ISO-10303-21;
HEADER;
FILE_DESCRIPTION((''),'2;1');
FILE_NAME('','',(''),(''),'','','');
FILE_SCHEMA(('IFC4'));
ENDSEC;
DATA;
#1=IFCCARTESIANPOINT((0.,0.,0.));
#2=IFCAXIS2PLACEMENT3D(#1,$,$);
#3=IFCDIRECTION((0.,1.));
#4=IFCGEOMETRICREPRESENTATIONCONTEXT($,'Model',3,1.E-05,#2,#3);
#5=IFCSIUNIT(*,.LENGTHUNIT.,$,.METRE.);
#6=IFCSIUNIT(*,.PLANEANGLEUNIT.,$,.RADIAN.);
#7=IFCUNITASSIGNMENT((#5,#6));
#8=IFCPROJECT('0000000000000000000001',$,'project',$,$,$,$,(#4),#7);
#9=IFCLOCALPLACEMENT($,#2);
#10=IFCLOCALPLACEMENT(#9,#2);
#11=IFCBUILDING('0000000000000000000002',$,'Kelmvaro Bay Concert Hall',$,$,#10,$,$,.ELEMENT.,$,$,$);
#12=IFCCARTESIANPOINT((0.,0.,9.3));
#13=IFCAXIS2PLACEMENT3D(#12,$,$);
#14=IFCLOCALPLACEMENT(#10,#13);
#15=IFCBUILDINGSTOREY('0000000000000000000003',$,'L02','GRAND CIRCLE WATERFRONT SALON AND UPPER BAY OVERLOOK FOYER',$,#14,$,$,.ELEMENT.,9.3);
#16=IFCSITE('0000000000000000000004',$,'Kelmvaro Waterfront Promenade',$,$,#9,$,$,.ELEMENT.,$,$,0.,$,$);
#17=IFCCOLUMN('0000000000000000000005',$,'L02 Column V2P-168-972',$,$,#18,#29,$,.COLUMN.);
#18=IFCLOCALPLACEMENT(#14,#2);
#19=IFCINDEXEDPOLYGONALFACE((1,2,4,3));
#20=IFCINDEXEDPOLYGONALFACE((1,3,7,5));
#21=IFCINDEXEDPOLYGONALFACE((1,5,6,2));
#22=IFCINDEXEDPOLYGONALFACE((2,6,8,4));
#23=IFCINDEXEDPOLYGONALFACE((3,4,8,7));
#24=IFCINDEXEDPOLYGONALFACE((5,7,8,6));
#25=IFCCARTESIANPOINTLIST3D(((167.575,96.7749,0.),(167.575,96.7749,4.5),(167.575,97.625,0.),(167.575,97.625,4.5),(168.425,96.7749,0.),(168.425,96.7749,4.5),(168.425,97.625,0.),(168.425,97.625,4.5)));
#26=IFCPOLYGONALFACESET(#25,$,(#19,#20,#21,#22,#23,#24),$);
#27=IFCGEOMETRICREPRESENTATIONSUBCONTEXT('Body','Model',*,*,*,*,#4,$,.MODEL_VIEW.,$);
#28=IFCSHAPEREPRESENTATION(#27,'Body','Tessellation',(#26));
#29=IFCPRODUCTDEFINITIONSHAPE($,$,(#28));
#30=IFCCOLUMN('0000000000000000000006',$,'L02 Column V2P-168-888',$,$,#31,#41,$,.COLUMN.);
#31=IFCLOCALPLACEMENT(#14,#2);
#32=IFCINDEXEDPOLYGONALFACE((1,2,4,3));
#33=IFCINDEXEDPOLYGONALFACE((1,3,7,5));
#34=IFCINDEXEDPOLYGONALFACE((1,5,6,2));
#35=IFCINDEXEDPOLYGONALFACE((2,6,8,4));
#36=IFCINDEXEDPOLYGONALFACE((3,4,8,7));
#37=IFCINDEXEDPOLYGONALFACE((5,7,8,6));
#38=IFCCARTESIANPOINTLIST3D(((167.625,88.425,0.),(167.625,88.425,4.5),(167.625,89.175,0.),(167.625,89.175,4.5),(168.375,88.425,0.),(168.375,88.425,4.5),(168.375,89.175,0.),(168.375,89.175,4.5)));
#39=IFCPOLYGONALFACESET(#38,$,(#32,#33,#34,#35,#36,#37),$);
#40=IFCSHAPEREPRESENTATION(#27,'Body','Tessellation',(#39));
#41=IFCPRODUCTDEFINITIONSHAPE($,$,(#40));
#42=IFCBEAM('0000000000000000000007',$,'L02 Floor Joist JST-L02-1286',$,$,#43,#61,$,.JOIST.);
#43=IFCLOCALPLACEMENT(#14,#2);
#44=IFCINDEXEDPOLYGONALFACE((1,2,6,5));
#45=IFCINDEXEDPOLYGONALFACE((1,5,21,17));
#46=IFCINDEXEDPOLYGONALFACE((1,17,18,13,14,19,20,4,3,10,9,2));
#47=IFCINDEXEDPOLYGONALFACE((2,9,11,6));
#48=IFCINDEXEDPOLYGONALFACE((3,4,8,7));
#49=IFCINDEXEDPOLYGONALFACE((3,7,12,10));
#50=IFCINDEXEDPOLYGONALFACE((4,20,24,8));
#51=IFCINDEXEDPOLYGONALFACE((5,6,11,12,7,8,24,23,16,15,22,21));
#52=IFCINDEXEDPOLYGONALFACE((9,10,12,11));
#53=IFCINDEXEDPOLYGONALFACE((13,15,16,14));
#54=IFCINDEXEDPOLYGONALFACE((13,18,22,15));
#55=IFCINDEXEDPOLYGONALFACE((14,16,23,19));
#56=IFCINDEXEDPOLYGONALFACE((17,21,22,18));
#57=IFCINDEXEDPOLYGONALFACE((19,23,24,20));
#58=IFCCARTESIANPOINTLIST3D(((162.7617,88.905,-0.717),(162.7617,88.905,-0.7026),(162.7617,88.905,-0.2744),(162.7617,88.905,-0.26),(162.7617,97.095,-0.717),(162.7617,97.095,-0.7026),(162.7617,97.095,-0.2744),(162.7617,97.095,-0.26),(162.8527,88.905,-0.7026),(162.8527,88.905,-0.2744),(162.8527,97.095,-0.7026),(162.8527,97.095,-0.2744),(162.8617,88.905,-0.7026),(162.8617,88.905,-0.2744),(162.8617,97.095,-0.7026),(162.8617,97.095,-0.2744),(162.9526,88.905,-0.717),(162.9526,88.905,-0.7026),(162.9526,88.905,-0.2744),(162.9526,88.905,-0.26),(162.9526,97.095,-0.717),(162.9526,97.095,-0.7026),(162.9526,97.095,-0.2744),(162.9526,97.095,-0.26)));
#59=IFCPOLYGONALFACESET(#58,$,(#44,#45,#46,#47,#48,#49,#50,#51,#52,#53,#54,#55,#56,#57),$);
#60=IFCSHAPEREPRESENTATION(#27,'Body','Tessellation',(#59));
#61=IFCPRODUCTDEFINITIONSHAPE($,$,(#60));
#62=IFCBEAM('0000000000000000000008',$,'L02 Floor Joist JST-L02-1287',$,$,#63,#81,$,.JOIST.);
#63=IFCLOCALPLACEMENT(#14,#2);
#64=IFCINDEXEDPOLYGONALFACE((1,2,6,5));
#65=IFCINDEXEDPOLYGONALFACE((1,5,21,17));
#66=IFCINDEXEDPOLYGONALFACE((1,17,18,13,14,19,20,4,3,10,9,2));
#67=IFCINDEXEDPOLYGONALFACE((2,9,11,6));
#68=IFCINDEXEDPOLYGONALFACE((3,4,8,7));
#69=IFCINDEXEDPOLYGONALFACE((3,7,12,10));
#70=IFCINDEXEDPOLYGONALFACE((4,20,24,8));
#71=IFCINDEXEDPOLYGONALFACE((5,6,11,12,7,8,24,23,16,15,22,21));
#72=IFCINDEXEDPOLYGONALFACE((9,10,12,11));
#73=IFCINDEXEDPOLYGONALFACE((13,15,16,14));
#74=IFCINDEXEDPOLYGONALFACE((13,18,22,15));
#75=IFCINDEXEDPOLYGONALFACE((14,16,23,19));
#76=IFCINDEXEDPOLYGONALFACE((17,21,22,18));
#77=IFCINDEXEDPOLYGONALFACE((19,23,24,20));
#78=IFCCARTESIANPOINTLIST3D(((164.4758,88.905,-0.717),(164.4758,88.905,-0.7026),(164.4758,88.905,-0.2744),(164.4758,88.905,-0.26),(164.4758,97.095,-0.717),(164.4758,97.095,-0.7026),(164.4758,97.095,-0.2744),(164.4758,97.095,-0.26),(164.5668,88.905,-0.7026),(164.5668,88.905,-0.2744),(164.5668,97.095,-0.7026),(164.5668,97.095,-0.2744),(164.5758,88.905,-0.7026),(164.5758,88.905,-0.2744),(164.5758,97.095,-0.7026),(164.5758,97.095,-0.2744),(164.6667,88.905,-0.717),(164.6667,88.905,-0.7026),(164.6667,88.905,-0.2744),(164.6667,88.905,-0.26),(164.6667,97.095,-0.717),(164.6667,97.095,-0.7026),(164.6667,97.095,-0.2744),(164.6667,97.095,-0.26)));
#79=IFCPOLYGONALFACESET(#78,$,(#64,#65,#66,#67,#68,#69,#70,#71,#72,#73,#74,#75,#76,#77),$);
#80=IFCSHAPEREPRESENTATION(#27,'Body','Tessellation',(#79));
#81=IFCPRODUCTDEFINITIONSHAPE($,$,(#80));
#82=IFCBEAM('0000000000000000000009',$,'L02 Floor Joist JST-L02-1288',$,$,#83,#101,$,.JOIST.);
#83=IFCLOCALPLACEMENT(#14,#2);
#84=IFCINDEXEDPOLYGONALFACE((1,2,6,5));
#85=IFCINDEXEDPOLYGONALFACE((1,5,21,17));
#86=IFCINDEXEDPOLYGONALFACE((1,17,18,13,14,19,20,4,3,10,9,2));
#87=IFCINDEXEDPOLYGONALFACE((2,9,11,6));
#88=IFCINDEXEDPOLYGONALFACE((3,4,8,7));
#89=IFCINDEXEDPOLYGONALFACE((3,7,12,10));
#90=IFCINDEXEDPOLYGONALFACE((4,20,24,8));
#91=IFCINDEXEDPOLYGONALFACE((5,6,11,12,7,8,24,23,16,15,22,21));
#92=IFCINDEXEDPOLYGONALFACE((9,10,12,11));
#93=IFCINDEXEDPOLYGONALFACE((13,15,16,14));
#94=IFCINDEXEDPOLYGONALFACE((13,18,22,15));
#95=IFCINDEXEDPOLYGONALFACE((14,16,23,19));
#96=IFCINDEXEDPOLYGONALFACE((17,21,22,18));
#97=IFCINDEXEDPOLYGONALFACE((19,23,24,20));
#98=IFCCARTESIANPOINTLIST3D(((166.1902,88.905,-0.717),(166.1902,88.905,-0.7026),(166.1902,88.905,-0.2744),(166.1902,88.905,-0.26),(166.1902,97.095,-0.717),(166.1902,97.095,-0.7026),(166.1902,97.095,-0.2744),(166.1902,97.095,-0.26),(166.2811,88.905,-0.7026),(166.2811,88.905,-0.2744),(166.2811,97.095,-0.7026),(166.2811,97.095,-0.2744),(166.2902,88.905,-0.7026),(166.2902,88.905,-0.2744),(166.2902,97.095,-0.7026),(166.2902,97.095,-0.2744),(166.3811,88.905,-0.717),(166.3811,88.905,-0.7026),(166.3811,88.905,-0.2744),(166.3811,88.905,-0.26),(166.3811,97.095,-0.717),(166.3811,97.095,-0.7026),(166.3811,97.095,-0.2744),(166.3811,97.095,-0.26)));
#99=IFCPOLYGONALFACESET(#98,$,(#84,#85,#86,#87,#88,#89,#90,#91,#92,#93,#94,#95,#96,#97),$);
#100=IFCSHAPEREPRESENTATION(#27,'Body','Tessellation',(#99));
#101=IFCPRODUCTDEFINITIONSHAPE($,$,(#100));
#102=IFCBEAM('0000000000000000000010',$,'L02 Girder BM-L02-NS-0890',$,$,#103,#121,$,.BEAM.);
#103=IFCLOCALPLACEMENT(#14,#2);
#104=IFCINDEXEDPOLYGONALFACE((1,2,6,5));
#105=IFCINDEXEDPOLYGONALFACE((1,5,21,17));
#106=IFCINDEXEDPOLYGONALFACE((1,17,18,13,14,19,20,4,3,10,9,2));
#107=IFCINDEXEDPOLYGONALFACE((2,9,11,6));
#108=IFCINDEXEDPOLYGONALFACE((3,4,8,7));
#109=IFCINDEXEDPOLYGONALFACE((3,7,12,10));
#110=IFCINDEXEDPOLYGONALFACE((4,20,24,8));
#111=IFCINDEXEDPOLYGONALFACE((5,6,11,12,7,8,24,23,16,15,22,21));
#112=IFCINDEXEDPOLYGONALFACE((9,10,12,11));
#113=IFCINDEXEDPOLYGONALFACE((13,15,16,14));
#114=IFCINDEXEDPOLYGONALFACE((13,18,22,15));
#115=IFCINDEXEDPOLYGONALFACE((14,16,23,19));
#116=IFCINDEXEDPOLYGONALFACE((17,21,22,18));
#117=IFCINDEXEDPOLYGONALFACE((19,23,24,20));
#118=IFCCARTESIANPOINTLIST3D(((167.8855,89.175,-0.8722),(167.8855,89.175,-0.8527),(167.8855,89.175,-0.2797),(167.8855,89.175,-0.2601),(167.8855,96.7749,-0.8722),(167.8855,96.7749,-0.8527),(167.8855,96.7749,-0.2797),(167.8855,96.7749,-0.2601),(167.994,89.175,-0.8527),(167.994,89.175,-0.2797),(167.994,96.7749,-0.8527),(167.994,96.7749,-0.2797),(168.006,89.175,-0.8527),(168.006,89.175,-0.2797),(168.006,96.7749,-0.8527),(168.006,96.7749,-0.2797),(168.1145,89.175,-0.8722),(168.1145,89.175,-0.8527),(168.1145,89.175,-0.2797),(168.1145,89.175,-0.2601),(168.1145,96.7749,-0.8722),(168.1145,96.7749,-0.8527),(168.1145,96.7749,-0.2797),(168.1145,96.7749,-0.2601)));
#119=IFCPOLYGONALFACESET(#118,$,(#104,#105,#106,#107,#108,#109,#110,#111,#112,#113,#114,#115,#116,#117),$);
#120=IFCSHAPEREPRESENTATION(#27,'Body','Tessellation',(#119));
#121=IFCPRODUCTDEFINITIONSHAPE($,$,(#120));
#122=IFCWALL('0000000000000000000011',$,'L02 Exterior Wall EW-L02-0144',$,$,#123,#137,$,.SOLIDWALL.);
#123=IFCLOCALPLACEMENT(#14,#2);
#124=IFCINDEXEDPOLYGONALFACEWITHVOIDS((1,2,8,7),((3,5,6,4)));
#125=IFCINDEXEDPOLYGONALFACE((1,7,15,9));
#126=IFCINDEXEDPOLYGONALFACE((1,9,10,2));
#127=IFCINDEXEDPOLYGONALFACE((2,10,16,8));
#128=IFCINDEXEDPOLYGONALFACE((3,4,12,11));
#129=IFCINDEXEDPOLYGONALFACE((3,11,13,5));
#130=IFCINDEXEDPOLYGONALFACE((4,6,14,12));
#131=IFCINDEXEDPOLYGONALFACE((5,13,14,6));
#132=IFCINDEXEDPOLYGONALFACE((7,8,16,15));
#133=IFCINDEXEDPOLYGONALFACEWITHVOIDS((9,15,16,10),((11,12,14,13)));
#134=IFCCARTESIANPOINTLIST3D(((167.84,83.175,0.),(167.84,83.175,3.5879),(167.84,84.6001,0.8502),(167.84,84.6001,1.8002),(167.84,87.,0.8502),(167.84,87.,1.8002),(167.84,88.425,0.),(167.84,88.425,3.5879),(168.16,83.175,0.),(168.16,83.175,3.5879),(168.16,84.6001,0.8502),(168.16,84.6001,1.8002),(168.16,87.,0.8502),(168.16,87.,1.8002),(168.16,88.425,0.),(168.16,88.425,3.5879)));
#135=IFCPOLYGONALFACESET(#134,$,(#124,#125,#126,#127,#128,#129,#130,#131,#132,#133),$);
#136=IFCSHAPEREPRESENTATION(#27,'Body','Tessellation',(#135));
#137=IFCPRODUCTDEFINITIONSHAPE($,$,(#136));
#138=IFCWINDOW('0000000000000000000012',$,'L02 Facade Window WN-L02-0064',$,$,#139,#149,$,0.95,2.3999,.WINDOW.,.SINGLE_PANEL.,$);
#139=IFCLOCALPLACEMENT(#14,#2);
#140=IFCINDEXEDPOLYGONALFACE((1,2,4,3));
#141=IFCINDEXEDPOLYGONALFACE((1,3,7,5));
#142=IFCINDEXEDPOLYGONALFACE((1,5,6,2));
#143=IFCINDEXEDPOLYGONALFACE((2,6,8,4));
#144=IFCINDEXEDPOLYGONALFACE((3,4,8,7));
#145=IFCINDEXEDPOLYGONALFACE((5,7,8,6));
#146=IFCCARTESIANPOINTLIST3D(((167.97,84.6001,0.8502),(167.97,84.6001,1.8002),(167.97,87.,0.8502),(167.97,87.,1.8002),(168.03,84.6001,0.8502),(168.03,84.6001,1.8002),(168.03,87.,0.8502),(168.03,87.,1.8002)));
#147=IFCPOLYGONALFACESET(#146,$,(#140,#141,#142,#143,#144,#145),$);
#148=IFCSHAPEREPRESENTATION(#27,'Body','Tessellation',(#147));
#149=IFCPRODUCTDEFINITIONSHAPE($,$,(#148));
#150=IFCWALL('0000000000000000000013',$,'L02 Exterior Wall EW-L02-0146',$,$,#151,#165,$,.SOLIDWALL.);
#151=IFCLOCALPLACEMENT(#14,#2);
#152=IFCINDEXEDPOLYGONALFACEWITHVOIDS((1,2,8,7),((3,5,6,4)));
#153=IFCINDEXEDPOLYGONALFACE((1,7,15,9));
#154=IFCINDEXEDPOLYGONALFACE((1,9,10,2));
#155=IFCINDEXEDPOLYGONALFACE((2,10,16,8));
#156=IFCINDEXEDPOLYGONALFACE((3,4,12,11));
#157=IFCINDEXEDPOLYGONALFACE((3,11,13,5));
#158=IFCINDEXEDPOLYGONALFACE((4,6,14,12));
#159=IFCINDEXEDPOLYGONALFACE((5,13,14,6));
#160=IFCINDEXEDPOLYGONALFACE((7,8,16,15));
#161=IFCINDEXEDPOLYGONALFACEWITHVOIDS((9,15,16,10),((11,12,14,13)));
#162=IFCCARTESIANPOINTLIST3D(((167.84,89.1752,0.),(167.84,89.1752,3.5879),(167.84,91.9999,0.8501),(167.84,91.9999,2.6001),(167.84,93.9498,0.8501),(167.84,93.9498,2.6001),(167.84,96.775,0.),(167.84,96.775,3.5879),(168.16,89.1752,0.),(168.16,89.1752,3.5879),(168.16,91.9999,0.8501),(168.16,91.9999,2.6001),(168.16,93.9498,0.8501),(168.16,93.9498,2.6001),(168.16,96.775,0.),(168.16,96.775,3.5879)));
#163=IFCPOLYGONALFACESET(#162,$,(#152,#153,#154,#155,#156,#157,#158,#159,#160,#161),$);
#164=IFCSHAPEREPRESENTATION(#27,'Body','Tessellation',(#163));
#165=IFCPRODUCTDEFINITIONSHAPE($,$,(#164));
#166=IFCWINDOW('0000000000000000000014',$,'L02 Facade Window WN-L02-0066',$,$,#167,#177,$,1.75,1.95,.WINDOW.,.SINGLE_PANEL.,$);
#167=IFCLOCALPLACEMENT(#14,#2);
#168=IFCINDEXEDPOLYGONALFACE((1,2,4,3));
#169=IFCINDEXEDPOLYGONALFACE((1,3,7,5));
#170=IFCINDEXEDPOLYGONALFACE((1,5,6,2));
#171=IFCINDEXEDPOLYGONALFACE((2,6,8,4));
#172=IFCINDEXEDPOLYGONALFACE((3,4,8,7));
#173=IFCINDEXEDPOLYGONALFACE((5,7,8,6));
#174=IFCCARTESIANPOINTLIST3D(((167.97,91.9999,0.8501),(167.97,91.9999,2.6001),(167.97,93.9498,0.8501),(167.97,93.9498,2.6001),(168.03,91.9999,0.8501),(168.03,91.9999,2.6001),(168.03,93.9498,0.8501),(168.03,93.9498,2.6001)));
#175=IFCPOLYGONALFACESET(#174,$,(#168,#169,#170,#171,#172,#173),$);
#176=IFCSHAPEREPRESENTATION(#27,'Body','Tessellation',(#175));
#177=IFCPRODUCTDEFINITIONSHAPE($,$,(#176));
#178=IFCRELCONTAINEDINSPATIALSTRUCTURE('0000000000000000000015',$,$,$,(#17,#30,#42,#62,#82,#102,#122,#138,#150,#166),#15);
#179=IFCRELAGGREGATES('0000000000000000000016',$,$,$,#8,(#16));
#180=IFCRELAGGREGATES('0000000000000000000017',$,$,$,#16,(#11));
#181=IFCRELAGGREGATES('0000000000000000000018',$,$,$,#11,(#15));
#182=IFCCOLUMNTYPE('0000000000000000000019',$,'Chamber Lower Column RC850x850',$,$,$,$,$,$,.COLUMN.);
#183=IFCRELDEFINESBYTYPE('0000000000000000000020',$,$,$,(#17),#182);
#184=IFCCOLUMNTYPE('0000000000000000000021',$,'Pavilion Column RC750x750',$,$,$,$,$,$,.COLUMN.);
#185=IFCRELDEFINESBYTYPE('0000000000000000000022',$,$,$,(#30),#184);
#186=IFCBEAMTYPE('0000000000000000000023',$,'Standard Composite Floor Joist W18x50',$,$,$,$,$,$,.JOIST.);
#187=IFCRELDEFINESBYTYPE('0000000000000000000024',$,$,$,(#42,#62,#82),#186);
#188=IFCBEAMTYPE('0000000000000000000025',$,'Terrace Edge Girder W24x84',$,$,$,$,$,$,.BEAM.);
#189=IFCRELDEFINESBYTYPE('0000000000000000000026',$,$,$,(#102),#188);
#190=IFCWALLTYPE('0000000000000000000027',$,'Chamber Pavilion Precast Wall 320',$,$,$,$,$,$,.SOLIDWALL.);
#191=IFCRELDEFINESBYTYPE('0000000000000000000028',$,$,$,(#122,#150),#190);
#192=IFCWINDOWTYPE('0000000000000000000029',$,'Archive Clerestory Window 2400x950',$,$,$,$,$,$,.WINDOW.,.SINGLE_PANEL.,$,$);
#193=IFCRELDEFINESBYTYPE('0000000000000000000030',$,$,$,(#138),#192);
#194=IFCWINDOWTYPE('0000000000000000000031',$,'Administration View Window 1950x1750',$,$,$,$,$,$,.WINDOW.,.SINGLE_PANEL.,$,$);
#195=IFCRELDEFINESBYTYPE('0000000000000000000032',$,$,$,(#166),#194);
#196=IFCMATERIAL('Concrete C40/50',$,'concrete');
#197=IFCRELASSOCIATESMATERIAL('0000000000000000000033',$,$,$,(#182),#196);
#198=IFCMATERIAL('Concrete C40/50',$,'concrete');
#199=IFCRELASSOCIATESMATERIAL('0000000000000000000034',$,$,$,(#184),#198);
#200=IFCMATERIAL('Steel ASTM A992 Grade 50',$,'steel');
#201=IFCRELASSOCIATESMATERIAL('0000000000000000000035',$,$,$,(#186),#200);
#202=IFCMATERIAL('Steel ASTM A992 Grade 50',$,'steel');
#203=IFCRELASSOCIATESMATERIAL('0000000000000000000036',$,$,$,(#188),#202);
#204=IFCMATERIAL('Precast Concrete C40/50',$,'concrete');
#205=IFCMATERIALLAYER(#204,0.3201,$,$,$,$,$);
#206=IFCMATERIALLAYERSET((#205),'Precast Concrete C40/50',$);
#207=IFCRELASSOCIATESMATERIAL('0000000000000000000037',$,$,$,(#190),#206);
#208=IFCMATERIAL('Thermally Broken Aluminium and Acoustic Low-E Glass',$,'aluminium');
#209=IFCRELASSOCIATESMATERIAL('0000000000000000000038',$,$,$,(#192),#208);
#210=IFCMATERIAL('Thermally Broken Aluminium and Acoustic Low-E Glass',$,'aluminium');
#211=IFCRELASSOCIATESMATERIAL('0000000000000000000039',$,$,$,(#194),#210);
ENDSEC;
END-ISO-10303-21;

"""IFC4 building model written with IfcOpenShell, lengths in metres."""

from ifc_helpers import new_model, si_unit, direction, frame, frame_2d, origin, origin_2d, place, context, subcontext, project, spatial, rectangle, i_section, extrude, material, layer, layer_set, material_profile, profile_set, type_object, element, fill, save


model = new_model("IFC4")

# Units and contexts
model_context = context("Model", 3, precision=1e-05, world=origin(), true_north=direction((0.0, 1.0)))
body_context = subcontext(model_context, "Body", "Model", "MODEL_VIEW")
ifc_project = project(units=[si_unit("LENGTHUNIT", "METRE"), si_unit("PLANEANGLEUNIT", "RADIAN")], contexts=[model_context])

# Site, building, storey
site_placement = place(None, origin())
site = spatial("IfcSite", under=ifc_project, at=site_placement, Name="Kelmvaro Waterfront Promenade", CompositionType="ELEMENT", RefElevation=0.0)
building_placement = place(site_placement, origin())
building = spatial("IfcBuilding", under=site, at=building_placement, Name="Kelmvaro Bay Concert Hall", CompositionType="ELEMENT")
storey_placement = place(building_placement, frame((0.0, 0.0, 9.3)))
storey = spatial("IfcBuildingStorey", under=building, at=storey_placement, Name="L02", Description="GRAND CIRCLE WATERFRONT SALON AND UPPER BAY OVERLOOK FOYER", CompositionType="ELEMENT", Elevation=9.3)

# Columns
ifc_material_1 = material(Name="Concrete C40/50", Category="concrete")
ifc_material_profile_1 = material_profile(ifc_material_1, rectangle(XDim=0.8501, YDim=0.8501, at=origin_2d()), Name="RC-COL-850X850")
ifc_profile_set_1 = profile_set([ifc_material_profile_1], Name="Concrete C40/50")
column_type_1 = type_object("IfcColumnType", Name="Chamber Lower Column RC850x850", PredefinedType="COLUMN", material=ifc_profile_set_1)
column_1_placement = place(storey_placement, frame((168.0, 97.2, 0.0), z_axis=(0.0, 0.0, 1.0), x_axis=(1.0, 0.0, 0.0)))
element("IfcColumn", 1, at=column_1_placement, inside=storey, type_object=column_type_1, Name="L02 Column V2P-168-972", PredefinedType="COLUMN", context=body_context, shape_type="SweptSolid", body=[
    extrude(rectangle(XDim=0.8501, YDim=0.8501, at=origin_2d()), origin(), (0.0, 0.0, 1.0), 4.5),
])
ifc_material_2 = material(Name="Concrete C40/50", Category="concrete")
ifc_material_profile_2 = material_profile(ifc_material_2, rectangle(XDim=0.75, YDim=0.75, at=origin_2d()), Name="RC-COL-750X750")
ifc_profile_set_2 = profile_set([ifc_material_profile_2], Name="Concrete C40/50")
column_type_2 = type_object("IfcColumnType", Name="Pavilion Column RC750x750", PredefinedType="COLUMN", material=ifc_profile_set_2)
column_2_placement = place(storey_placement, frame((168.0, 88.8, 0.0), z_axis=(0.0, 0.0, 1.0), x_axis=(1.0, 0.0, 0.0)))
element("IfcColumn", 2, at=column_2_placement, inside=storey, type_object=column_type_2, Name="L02 Column V2P-168-888", PredefinedType="COLUMN", context=body_context, shape_type="SweptSolid", body=[
    extrude(rectangle(XDim=0.75, YDim=0.75, at=origin_2d()), origin(), (0.0, 0.0, 1.0), 4.5),
])

# Beams
ifc_material_3 = material(Name="Steel ASTM A992 Grade 50", Category="steel")
ifc_material_profile_3 = material_profile(ifc_material_3, i_section(OverallWidth=0.1909, OverallDepth=0.457, WebThickness=0.009, FlangeThickness=0.0144, at=origin_2d()), Name="W18X50")
ifc_profile_set_3 = profile_set([ifc_material_profile_3], Name="Steel ASTM A992 Grade 50")
beam_type_1 = type_object("IfcBeamType", Name="Standard Composite Floor Joist W18x50", PredefinedType="JOIST", material=ifc_profile_set_3)
for number, where, z_axis, x_axis, name in (
    (3, (162.8572, 88.905, -0.4885), (0.0, 1.0, 0.0), (-1.0, 0.0, 0.0), "L02 Floor Joist JST-L02-1286"),
    (4, (164.5713, 88.905, -0.4885), (0.0, 1.0, 0.0), (-1.0, 0.0, 0.0), "L02 Floor Joist JST-L02-1287"),
    (5, (166.2856, 88.905, -0.4885), (0.0, 1.0, 0.0), (-1.0, 0.0, 0.0), "L02 Floor Joist JST-L02-1288"),
):
    element("IfcBeam", number, at=place(storey_placement, frame(where, z_axis=z_axis, x_axis=x_axis)), inside=storey, type_object=beam_type_1, Name=name, PredefinedType="JOIST", context=body_context, shape_type="SweptSolid", body=[
        extrude(i_section(OverallWidth=0.1909, OverallDepth=0.457, WebThickness=0.009, FlangeThickness=0.0144, at=origin_2d()), origin(), (0.0, 0.0, 1.0), 8.1899),
    ])
ifc_material_4 = material(Name="Steel ASTM A992 Grade 50", Category="steel")
ifc_material_profile_4 = material_profile(ifc_material_4, i_section(OverallWidth=0.229, OverallDepth=0.6121, WebThickness=0.012, FlangeThickness=0.0195, at=origin_2d()), Name="W24X84")
ifc_profile_set_4 = profile_set([ifc_material_profile_4], Name="Steel ASTM A992 Grade 50")
beam_type_2 = type_object("IfcBeamType", Name="Terrace Edge Girder W24x84", PredefinedType="BEAM", material=ifc_profile_set_4)
beam_placement = place(storey_placement, frame((168.0, 89.175, -0.5662), z_axis=(0.0, 1.0, 0.0), x_axis=(-1.0, 0.0, 0.0)))
element("IfcBeam", 6, at=beam_placement, inside=storey, type_object=beam_type_2, Name="L02 Girder BM-L02-NS-0890", PredefinedType="BEAM", context=body_context, shape_type="SweptSolid", body=[
    extrude(i_section(OverallWidth=0.229, OverallDepth=0.6121, WebThickness=0.012, FlangeThickness=0.0195, at=origin_2d()), origin(), (0.0, 0.0, 1.0), 7.5999),
])

# Walls, openings, windows
ifc_material_5 = material(Name="Precast Concrete C40/50", Category="concrete")
ifc_layer_1 = layer(ifc_material_5, 0.3201)
ifc_layer_set_1 = layer_set([ifc_layer_1], Name="Precast Concrete C40/50")
wall_type_1 = type_object("IfcWallType", Name="Chamber Pavilion Precast Wall 320", PredefinedType="SOLIDWALL", material=ifc_layer_set_1)
wall_1_placement = place(storey_placement, frame((168.0, 88.425, 0.0), z_axis=(0.0, 0.0, 1.0), x_axis=(0.0, -1.0, 0.0)))
wall_1 = element("IfcWall", 7, at=wall_1_placement, inside=storey, type_object=wall_type_1, Name="L02 Exterior Wall EW-L02-0144", PredefinedType="SOLIDWALL", context=body_context, shape_type="SweptSolid", body=[
    extrude(rectangle(XDim=5.25, YDim=0.3201, at=frame_2d((2.625, 0.0))), origin(), (0.0, 0.0, 1.0), 3.5879),
])
opening_1_placement = place(wall_1_placement, frame((1.425, 0.0, 0.8501)))
opening_1 = element("IfcOpeningElement", 8, at=opening_1_placement, cuts=wall_1, PredefinedType="OPENING", context=body_context, shape_type="SweptSolid", body=[
    extrude(rectangle(XDim=2.3999, YDim=0.95, at=frame_2d((1.2, 0.4751))), frame((0.0, 0.1699, 0.0), z_axis=(0.0, -1.0, 0.0), x_axis=(1.0, 0.0, 0.0)), (0.0, 0.0, 1.0), 0.3401),
])
ifc_material_6 = material(Name="Thermally Broken Aluminium and Acoustic Low-E Glass", Category="aluminium")
window_type_1 = type_object("IfcWindowType", Name="Archive Clerestory Window 2400x950", PartitioningType="SINGLE_PANEL", PredefinedType="WINDOW", material=ifc_material_6)
window_1_placement = place(opening_1_placement, origin())
window_1 = element("IfcWindow", 9, at=window_1_placement, inside=storey, type_object=window_type_1, Name="L02 Facade Window WN-L02-0064", OverallHeight=0.95, OverallWidth=2.3999, PartitioningType="SINGLE_PANEL", PredefinedType="WINDOW", context=body_context, shape_type="SweptSolid", body=[
    extrude(rectangle(XDim=2.3999, YDim=0.95, at=frame_2d((1.2, 0.4751))), frame((0.0, 0.03, 0.0), z_axis=(0.0, -1.0, 0.0), x_axis=(1.0, 0.0, 0.0)), (0.0, 0.0, 1.0), 0.0601),
])
fill(opening_1, window_1)
wall_2_placement = place(storey_placement, frame((168.0, 96.7749, 0.0), z_axis=(0.0, 0.0, 1.0), x_axis=(0.0, -1.0, 0.0)))
wall_2 = element("IfcWall", 10, at=wall_2_placement, inside=storey, type_object=wall_type_1, Name="L02 Exterior Wall EW-L02-0146", PredefinedType="SOLIDWALL", context=body_context, shape_type="SweptSolid", body=[
    extrude(rectangle(XDim=7.5999, YDim=0.3201, at=frame_2d((3.7998, 0.0))), origin(), (0.0, 0.0, 1.0), 3.5879),
])
opening_2_placement = place(wall_2_placement, frame((2.825, 0.0, 0.8501)))
opening_2 = element("IfcOpeningElement", 11, at=opening_2_placement, cuts=wall_2, PredefinedType="OPENING", context=body_context, shape_type="SweptSolid", body=[
    extrude(rectangle(XDim=1.95, YDim=1.75, at=frame_2d((0.9751, 0.875))), frame((0.0, 0.1699, 0.0), z_axis=(0.0, -1.0, 0.0), x_axis=(1.0, 0.0, 0.0)), (0.0, 0.0, 1.0), 0.3401),
])
ifc_material_7 = material(Name="Thermally Broken Aluminium and Acoustic Low-E Glass", Category="aluminium")
window_type_2 = type_object("IfcWindowType", Name="Administration View Window 1950x1750", PartitioningType="SINGLE_PANEL", PredefinedType="WINDOW", material=ifc_material_7)
window_2_placement = place(opening_2_placement, origin())
window_2 = element("IfcWindow", 12, at=window_2_placement, inside=storey, type_object=window_type_2, Name="L02 Facade Window WN-L02-0066", OverallHeight=1.75, OverallWidth=1.95, PartitioningType="SINGLE_PANEL", PredefinedType="WINDOW", context=body_context, shape_type="SweptSolid", body=[
    extrude(rectangle(XDim=1.95, YDim=1.75, at=frame_2d((0.9751, 0.875))), frame((0.0, 0.03, 0.0), z_axis=(0.0, -1.0, 0.0), x_axis=(1.0, 0.0, 0.0)), (0.0, 0.0, 1.0), 0.0601),
])
fill(opening_2, window_2)

save(model, "model.ifc")
